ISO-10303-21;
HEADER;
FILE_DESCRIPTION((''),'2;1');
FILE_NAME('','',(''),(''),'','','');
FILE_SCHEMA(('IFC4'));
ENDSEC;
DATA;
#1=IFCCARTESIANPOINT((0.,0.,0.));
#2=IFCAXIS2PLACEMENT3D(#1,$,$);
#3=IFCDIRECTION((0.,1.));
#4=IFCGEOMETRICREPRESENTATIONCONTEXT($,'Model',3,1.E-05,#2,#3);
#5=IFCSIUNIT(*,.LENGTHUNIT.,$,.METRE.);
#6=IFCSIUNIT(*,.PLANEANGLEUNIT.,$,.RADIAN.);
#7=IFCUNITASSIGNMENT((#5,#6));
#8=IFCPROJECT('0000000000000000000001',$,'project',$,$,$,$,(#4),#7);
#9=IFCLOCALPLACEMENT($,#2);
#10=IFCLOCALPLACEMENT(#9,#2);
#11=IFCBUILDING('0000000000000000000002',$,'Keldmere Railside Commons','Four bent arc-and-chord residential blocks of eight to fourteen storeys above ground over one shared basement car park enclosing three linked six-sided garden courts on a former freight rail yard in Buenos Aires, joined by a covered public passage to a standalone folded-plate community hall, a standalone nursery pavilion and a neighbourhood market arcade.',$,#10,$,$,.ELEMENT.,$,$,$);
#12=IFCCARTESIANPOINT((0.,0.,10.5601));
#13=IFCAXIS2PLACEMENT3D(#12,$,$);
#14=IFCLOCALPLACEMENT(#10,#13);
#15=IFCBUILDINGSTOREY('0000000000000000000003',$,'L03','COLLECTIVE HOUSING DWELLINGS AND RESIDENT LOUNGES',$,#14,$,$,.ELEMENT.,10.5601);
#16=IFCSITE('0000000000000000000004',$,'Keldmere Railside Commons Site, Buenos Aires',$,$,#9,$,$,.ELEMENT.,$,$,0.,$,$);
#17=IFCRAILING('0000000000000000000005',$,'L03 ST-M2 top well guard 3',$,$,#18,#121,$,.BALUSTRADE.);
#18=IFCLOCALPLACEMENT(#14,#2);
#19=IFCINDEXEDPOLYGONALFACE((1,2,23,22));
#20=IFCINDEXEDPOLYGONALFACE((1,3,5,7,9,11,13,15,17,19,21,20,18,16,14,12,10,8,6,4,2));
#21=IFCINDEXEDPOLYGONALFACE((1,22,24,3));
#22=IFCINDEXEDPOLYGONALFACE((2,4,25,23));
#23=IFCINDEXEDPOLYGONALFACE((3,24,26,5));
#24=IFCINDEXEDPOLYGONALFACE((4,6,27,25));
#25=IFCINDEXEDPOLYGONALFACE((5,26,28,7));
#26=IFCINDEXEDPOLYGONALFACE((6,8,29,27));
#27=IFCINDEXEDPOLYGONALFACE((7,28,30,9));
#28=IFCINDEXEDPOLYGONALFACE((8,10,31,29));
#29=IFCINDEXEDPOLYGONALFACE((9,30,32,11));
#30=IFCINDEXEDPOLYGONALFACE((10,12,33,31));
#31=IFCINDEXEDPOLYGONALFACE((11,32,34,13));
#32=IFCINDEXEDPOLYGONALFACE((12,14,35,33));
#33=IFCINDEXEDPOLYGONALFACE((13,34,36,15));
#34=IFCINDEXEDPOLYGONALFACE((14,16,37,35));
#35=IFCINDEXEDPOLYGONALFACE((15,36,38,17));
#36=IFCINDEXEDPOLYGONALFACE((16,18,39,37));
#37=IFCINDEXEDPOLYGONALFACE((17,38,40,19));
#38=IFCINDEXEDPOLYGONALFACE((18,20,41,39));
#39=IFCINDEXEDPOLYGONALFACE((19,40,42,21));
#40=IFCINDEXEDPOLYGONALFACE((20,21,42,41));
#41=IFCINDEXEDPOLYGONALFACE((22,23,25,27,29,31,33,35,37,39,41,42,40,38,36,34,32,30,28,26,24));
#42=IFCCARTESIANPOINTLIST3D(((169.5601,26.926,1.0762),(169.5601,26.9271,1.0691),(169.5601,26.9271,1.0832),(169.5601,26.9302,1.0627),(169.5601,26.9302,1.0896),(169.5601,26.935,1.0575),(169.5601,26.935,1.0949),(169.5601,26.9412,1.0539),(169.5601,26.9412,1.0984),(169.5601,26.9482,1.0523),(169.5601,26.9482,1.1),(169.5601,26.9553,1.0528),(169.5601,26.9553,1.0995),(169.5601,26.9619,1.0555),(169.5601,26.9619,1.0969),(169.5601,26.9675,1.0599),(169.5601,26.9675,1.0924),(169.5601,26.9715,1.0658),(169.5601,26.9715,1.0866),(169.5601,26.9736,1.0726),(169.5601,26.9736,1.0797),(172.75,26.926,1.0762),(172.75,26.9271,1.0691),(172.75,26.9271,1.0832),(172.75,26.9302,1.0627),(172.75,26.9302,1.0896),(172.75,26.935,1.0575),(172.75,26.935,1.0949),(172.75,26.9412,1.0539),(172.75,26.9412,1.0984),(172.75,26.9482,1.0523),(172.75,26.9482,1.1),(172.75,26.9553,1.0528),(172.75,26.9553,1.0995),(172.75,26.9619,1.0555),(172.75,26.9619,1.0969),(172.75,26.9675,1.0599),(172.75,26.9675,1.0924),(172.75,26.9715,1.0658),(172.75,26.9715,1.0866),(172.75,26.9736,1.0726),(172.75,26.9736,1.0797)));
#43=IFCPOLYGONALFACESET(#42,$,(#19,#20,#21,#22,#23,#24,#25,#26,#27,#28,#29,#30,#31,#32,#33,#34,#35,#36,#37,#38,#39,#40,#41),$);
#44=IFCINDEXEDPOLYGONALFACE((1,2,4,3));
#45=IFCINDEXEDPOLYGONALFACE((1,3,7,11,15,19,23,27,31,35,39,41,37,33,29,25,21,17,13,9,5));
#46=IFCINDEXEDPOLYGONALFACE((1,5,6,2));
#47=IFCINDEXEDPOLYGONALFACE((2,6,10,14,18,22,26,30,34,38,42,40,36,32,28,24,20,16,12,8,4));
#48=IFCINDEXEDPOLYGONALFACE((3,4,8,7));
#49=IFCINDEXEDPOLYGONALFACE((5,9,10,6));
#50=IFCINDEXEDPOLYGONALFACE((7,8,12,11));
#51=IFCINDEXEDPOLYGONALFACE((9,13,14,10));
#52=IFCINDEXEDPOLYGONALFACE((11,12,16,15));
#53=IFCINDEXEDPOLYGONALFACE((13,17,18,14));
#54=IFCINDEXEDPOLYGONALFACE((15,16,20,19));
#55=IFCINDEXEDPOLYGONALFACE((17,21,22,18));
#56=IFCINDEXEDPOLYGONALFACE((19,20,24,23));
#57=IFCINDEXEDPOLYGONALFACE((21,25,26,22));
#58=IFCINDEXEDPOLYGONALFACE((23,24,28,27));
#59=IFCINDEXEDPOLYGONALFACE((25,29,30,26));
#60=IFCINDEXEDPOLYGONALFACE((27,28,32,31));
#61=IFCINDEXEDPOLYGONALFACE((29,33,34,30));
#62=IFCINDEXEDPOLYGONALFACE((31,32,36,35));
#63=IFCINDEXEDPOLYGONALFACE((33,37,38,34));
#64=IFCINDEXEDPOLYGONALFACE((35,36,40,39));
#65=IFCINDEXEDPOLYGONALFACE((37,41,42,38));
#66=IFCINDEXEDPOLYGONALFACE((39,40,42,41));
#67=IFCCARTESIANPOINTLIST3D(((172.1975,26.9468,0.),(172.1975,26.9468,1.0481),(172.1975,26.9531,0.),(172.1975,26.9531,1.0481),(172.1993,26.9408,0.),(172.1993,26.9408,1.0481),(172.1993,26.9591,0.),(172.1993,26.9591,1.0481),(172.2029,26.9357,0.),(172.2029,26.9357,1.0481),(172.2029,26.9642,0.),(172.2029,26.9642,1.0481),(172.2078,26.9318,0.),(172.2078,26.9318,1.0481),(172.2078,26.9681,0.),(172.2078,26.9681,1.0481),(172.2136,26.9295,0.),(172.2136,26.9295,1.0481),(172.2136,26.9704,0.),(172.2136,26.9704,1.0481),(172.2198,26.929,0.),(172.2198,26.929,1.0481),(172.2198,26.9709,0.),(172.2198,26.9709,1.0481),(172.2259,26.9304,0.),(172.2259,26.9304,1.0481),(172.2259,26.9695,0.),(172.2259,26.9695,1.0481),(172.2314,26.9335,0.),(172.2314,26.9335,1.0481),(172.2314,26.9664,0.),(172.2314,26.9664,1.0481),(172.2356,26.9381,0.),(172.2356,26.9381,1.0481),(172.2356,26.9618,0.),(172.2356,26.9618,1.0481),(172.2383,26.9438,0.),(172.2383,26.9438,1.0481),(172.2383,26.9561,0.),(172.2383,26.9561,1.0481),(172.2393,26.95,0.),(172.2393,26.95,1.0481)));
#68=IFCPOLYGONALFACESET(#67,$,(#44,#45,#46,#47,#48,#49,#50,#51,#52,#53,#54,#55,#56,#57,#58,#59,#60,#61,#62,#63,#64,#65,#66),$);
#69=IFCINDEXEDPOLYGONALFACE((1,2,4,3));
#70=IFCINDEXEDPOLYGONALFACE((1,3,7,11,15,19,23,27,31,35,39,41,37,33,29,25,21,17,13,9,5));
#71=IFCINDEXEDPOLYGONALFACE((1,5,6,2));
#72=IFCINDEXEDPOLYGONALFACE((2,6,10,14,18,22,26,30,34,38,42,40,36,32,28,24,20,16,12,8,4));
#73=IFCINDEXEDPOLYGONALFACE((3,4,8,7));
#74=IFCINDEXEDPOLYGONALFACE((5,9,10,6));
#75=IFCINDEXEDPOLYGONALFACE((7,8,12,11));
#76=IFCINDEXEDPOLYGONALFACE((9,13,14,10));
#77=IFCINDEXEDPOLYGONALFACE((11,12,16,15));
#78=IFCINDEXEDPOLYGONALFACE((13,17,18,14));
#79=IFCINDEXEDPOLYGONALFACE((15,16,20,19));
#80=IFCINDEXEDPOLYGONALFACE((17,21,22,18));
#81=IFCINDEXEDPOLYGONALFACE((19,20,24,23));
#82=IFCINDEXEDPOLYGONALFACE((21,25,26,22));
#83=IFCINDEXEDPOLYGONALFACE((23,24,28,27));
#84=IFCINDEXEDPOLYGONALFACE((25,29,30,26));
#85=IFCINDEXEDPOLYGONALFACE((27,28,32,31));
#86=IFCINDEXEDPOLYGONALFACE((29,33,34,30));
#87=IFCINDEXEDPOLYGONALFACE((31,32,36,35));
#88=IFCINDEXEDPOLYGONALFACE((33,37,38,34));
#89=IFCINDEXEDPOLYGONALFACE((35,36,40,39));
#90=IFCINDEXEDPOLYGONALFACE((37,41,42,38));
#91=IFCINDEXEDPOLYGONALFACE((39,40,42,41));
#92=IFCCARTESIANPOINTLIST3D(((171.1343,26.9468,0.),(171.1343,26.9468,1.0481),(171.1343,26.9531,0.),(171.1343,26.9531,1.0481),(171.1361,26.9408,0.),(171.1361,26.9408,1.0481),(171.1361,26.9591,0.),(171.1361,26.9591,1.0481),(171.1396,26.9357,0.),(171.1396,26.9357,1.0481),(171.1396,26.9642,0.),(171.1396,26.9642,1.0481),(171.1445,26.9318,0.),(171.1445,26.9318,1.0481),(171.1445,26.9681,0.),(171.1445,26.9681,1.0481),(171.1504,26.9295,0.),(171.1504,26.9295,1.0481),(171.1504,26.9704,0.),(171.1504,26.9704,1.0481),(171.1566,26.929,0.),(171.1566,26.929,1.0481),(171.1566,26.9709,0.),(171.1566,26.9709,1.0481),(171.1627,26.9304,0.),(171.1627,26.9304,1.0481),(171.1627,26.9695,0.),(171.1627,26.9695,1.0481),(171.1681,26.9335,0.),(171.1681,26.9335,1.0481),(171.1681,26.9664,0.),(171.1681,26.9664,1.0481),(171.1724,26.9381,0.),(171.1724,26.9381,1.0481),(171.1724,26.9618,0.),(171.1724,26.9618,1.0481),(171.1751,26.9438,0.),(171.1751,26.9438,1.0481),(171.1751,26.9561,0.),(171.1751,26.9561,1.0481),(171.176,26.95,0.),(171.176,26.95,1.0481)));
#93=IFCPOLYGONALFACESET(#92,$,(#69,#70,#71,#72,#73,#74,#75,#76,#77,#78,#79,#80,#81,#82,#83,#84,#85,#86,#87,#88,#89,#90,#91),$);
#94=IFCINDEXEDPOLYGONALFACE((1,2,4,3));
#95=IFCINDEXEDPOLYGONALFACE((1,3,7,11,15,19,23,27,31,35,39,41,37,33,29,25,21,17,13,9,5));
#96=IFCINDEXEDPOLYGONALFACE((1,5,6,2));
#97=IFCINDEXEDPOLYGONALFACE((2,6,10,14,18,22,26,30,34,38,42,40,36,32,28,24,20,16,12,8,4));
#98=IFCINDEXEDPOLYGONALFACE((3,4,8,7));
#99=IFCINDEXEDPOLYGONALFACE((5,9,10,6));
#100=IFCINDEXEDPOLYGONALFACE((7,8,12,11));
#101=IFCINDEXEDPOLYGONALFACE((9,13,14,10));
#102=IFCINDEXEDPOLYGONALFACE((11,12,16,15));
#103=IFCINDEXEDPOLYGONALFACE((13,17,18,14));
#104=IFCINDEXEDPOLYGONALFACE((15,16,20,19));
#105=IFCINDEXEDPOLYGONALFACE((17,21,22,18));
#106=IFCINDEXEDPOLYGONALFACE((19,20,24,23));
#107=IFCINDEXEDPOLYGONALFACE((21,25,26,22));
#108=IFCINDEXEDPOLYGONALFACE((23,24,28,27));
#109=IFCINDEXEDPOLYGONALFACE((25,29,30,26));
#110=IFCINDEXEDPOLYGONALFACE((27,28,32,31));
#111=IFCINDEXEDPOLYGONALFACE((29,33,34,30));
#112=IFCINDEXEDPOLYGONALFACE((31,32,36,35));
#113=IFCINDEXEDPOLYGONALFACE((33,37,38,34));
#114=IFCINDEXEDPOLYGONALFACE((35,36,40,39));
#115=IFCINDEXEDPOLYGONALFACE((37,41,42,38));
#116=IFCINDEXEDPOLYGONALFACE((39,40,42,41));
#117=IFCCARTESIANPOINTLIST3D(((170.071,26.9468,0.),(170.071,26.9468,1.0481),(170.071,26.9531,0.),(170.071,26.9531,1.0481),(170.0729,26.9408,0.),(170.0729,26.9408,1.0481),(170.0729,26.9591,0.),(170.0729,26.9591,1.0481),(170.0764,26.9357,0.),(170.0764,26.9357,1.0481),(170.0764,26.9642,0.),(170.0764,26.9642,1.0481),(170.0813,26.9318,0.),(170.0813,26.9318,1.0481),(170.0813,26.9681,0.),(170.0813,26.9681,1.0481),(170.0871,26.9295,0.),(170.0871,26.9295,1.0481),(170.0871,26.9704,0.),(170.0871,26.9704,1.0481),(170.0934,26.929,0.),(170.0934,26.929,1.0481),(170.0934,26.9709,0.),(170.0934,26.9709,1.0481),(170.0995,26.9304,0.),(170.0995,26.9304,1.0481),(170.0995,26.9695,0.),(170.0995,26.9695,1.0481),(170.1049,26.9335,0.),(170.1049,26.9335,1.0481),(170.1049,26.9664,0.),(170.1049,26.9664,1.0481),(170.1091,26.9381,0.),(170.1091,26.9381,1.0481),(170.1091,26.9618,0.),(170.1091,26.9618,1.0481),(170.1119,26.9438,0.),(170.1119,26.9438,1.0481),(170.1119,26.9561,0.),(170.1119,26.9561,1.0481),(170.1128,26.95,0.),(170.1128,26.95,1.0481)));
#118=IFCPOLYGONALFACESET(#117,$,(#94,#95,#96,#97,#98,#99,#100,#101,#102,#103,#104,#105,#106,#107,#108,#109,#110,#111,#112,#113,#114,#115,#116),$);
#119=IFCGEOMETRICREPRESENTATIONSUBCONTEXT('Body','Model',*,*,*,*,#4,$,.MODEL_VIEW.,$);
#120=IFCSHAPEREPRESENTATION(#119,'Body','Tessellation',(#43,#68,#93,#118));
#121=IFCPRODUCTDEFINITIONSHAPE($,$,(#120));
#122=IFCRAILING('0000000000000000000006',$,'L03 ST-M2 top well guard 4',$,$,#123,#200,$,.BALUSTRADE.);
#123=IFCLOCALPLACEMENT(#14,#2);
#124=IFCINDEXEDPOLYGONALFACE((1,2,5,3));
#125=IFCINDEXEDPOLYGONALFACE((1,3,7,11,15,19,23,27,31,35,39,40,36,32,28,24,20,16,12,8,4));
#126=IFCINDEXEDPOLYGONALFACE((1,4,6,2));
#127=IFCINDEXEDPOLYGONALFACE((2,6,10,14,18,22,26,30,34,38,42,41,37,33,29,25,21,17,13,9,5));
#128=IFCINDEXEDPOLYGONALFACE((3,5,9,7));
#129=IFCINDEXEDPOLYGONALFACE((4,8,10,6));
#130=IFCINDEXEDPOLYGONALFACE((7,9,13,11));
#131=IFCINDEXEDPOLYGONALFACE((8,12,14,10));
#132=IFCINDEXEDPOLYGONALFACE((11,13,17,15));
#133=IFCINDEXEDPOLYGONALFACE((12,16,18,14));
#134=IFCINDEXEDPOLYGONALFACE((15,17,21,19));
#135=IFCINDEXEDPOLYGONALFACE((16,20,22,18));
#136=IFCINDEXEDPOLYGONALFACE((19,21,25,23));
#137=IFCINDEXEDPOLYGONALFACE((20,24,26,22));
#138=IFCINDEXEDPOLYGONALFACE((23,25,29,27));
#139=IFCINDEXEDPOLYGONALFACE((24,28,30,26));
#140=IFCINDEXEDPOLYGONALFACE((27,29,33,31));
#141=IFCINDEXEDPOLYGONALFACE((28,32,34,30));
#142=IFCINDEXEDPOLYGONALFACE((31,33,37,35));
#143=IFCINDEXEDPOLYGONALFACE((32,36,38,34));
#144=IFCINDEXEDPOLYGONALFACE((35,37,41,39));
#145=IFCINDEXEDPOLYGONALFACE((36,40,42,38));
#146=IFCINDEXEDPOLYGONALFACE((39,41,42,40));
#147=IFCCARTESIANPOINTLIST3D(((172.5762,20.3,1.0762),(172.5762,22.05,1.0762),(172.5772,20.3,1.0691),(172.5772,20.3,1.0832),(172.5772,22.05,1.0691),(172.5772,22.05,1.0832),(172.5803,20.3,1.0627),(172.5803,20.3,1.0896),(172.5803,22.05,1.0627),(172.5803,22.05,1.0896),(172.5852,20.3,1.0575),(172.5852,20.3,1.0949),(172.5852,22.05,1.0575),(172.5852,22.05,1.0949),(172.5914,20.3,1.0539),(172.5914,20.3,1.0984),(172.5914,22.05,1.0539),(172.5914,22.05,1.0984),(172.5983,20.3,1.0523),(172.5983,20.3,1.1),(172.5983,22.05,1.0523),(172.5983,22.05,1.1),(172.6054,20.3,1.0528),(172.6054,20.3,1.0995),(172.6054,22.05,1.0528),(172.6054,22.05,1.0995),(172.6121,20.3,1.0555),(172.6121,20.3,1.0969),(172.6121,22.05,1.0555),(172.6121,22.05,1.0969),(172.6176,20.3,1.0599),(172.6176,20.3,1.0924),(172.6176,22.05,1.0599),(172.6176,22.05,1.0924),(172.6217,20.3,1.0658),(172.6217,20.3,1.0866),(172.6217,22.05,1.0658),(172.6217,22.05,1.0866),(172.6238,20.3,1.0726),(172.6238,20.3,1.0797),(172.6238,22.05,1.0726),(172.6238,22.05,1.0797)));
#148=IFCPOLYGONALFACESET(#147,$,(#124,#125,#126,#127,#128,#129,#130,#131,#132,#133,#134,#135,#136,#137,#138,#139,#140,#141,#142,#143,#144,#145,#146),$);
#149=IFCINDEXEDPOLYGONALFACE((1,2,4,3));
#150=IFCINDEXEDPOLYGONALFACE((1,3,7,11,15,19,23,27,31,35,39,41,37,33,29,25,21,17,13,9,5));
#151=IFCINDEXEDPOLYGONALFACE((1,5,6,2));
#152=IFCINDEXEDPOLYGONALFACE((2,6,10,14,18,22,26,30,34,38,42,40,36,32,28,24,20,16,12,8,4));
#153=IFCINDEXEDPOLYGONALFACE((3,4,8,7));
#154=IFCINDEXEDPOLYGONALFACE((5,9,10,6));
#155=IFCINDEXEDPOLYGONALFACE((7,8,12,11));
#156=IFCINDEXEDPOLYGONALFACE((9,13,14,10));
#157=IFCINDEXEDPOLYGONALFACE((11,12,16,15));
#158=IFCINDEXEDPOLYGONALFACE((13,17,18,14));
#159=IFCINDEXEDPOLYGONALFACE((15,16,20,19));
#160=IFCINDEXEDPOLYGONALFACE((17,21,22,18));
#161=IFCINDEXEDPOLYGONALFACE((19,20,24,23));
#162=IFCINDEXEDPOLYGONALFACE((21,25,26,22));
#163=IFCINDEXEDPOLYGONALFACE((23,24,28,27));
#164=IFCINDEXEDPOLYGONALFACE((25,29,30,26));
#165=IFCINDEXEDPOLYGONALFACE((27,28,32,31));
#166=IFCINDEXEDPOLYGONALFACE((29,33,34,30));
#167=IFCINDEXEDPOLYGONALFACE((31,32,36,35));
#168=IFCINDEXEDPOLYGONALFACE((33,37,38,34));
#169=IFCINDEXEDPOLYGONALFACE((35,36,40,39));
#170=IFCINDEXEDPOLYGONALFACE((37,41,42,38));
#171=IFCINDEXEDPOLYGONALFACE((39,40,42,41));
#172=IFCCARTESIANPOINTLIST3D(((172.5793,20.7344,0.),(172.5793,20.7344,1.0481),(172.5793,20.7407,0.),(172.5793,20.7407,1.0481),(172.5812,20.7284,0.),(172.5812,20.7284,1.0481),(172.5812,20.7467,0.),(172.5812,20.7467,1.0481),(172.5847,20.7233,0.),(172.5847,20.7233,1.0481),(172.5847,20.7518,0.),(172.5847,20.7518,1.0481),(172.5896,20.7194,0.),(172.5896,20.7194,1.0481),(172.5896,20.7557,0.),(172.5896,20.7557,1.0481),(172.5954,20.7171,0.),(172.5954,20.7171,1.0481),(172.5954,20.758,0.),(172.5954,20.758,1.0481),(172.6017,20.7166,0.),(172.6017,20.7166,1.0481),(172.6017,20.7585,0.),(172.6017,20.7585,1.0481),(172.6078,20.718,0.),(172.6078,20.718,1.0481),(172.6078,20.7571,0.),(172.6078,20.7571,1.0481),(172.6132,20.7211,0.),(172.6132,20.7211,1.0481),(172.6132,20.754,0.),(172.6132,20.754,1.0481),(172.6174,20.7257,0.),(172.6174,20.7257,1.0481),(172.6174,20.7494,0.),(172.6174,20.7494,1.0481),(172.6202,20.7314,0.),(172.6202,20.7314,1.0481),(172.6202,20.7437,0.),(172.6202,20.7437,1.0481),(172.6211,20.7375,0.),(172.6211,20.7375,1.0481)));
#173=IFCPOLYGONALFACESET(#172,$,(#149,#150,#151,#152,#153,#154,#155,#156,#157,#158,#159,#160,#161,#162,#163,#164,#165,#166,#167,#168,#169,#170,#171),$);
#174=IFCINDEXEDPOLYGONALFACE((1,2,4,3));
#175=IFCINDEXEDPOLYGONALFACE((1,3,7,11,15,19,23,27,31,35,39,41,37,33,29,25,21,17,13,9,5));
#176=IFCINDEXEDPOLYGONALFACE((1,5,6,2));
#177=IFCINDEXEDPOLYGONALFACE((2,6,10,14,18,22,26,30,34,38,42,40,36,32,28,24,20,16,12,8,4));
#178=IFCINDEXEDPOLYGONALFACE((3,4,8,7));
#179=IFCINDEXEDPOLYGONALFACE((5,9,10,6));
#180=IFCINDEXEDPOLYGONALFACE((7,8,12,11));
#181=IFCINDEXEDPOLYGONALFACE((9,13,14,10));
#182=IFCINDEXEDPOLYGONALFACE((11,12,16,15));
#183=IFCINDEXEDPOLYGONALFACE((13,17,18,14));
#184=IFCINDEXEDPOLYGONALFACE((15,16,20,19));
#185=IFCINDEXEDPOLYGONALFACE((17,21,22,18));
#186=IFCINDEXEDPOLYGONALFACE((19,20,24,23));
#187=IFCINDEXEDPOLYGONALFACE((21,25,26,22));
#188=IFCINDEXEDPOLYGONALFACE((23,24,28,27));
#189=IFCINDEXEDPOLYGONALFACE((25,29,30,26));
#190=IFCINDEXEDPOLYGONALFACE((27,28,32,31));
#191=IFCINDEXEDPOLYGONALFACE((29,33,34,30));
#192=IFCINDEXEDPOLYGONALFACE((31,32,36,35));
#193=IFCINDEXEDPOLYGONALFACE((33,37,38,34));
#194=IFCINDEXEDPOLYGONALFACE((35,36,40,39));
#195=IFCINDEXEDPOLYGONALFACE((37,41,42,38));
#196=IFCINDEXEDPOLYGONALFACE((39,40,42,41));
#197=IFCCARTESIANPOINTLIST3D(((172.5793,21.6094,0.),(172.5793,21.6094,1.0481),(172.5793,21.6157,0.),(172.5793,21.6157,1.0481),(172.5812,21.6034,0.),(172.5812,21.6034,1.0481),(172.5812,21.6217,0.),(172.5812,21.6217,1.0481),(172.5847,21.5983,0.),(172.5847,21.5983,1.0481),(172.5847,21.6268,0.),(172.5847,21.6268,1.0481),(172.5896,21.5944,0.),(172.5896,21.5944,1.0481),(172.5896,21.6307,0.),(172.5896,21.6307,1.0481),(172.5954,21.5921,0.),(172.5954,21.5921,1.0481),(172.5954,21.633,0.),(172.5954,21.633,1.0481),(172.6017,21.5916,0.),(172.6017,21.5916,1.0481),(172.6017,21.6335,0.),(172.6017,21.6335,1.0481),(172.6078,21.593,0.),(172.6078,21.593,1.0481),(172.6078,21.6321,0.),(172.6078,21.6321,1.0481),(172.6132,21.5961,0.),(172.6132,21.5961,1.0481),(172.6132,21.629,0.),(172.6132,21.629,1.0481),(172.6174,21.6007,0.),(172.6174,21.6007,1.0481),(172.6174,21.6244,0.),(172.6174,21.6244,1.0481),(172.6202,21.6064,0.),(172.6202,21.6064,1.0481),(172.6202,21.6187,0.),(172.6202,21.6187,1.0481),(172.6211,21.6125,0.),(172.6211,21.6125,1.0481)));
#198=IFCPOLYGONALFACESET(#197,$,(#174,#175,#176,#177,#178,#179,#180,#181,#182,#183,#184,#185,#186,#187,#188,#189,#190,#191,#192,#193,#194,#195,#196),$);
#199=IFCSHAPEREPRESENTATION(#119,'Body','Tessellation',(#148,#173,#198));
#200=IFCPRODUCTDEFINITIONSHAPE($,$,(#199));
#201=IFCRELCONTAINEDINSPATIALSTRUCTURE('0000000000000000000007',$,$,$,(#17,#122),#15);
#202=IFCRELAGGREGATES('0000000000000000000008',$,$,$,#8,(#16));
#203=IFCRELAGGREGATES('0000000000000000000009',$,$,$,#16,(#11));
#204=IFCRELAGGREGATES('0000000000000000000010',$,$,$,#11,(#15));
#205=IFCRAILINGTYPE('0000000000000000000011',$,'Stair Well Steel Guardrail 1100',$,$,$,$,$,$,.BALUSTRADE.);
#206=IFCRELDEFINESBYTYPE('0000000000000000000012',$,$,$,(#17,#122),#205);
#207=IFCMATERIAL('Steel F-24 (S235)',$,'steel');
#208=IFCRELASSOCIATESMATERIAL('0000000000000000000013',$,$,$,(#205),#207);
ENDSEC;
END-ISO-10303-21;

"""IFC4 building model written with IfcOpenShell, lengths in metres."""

from ifc_helpers import new_model, si_unit, direction, frame, origin, origin_2d, place, context, subcontext, project, spatial, circle, extrude, material, type_object, element, save


model = new_model("IFC4")

# Units and contexts
model_context = context("Model", 3, precision=1e-05, world=origin(), true_north=direction((0.0, 1.0)))
body_context = subcontext(model_context, "Body", "Model", "MODEL_VIEW")
ifc_project = project(units=[si_unit("LENGTHUNIT", "METRE"), si_unit("PLANEANGLEUNIT", "RADIAN")], contexts=[model_context])

# Site, building, storey
site_placement = place(None, origin())
site = spatial("IfcSite", under=ifc_project, at=site_placement, Name="Keldmere Railside Commons Site, Buenos Aires", CompositionType="ELEMENT", RefElevation=0.0)
building_placement = place(site_placement, origin())
building = spatial("IfcBuilding", under=site, at=building_placement, Name="Keldmere Railside Commons", Description="Four bent arc-and-chord residential blocks of eight to fourteen storeys above ground over one shared basement car park enclosing three linked six-sided garden courts on a former freight rail yard in Buenos Aires, joined by a covered public passage to a standalone folded-plate community hall, a standalone nursery pavilion and a neighbourhood market arcade.", CompositionType="ELEMENT")
storey_placement = place(building_placement, frame((0.0, 0.0, 10.5601)))
storey = spatial("IfcBuildingStorey", under=building, at=storey_placement, Name="L03", Description="COLLECTIVE HOUSING DWELLINGS AND RESIDENT LOUNGES", CompositionType="ELEMENT", Elevation=10.5601)

# Railings
ifc_material_1 = material(Name="Steel F-24 (S235)", Category="steel")
railing_type_1 = type_object("IfcRailingType", Name="Stair Well Steel Guardrail 1100", PredefinedType="BALUSTRADE", material=ifc_material_1)
railing_1_placement = place(storey_placement, frame((172.75, 26.95, 0.0)))
element("IfcRailing", 1, at=railing_1_placement, inside=storey, type_object=railing_type_1, Name="L03 ST-M2 top well guard 3", PredefinedType="BALUSTRADE", context=body_context, shape_type="SweptSolid", body=[
    extrude(circle(Radius=0.0239, at=origin_2d()), frame((0.0, 0.0, 1.0762), z_axis=(-1.0, 0.0, 0.0), x_axis=(0.0, -1.0, 0.0)), (0.0, 0.0, 1.0), 3.1899),
    extrude(circle(Radius=0.021, at=origin_2d()), frame((-0.5317, 0.0, 0.0)), (0.0, 0.0, 1.0), 1.0481),
    extrude(circle(Radius=0.021, at=origin_2d()), frame((-1.595, 0.0, 0.0)), (0.0, 0.0, 1.0), 1.0481),
    extrude(circle(Radius=0.021, at=origin_2d()), frame((-2.6582, 0.0, 0.0)), (0.0, 0.0, 1.0), 1.0481),
])
railing_2_placement = place(storey_placement, frame((172.6001, 20.3, 0.0)))
element("IfcRailing", 2, at=railing_2_placement, inside=storey, type_object=railing_type_1, Name="L03 ST-M2 top well guard 4", PredefinedType="BALUSTRADE", context=body_context, shape_type="SweptSolid", body=[
    extrude(circle(Radius=0.0239, at=origin_2d()), frame((0.0, 0.0, 1.0762), z_axis=(0.0, 1.0, 0.0), x_axis=(-1.0, 0.0, 0.0)), (0.0, 0.0, 1.0), 1.75),
    extrude(circle(Radius=0.021, at=origin_2d()), frame((0.0, 0.4375, 0.0)), (0.0, 0.0, 1.0), 1.0481),
    extrude(circle(Radius=0.021, at=origin_2d()), frame((0.0, 1.3125, 0.0)), (0.0, 0.0, 1.0), 1.0481),
])

save(model, "model.ifc")
